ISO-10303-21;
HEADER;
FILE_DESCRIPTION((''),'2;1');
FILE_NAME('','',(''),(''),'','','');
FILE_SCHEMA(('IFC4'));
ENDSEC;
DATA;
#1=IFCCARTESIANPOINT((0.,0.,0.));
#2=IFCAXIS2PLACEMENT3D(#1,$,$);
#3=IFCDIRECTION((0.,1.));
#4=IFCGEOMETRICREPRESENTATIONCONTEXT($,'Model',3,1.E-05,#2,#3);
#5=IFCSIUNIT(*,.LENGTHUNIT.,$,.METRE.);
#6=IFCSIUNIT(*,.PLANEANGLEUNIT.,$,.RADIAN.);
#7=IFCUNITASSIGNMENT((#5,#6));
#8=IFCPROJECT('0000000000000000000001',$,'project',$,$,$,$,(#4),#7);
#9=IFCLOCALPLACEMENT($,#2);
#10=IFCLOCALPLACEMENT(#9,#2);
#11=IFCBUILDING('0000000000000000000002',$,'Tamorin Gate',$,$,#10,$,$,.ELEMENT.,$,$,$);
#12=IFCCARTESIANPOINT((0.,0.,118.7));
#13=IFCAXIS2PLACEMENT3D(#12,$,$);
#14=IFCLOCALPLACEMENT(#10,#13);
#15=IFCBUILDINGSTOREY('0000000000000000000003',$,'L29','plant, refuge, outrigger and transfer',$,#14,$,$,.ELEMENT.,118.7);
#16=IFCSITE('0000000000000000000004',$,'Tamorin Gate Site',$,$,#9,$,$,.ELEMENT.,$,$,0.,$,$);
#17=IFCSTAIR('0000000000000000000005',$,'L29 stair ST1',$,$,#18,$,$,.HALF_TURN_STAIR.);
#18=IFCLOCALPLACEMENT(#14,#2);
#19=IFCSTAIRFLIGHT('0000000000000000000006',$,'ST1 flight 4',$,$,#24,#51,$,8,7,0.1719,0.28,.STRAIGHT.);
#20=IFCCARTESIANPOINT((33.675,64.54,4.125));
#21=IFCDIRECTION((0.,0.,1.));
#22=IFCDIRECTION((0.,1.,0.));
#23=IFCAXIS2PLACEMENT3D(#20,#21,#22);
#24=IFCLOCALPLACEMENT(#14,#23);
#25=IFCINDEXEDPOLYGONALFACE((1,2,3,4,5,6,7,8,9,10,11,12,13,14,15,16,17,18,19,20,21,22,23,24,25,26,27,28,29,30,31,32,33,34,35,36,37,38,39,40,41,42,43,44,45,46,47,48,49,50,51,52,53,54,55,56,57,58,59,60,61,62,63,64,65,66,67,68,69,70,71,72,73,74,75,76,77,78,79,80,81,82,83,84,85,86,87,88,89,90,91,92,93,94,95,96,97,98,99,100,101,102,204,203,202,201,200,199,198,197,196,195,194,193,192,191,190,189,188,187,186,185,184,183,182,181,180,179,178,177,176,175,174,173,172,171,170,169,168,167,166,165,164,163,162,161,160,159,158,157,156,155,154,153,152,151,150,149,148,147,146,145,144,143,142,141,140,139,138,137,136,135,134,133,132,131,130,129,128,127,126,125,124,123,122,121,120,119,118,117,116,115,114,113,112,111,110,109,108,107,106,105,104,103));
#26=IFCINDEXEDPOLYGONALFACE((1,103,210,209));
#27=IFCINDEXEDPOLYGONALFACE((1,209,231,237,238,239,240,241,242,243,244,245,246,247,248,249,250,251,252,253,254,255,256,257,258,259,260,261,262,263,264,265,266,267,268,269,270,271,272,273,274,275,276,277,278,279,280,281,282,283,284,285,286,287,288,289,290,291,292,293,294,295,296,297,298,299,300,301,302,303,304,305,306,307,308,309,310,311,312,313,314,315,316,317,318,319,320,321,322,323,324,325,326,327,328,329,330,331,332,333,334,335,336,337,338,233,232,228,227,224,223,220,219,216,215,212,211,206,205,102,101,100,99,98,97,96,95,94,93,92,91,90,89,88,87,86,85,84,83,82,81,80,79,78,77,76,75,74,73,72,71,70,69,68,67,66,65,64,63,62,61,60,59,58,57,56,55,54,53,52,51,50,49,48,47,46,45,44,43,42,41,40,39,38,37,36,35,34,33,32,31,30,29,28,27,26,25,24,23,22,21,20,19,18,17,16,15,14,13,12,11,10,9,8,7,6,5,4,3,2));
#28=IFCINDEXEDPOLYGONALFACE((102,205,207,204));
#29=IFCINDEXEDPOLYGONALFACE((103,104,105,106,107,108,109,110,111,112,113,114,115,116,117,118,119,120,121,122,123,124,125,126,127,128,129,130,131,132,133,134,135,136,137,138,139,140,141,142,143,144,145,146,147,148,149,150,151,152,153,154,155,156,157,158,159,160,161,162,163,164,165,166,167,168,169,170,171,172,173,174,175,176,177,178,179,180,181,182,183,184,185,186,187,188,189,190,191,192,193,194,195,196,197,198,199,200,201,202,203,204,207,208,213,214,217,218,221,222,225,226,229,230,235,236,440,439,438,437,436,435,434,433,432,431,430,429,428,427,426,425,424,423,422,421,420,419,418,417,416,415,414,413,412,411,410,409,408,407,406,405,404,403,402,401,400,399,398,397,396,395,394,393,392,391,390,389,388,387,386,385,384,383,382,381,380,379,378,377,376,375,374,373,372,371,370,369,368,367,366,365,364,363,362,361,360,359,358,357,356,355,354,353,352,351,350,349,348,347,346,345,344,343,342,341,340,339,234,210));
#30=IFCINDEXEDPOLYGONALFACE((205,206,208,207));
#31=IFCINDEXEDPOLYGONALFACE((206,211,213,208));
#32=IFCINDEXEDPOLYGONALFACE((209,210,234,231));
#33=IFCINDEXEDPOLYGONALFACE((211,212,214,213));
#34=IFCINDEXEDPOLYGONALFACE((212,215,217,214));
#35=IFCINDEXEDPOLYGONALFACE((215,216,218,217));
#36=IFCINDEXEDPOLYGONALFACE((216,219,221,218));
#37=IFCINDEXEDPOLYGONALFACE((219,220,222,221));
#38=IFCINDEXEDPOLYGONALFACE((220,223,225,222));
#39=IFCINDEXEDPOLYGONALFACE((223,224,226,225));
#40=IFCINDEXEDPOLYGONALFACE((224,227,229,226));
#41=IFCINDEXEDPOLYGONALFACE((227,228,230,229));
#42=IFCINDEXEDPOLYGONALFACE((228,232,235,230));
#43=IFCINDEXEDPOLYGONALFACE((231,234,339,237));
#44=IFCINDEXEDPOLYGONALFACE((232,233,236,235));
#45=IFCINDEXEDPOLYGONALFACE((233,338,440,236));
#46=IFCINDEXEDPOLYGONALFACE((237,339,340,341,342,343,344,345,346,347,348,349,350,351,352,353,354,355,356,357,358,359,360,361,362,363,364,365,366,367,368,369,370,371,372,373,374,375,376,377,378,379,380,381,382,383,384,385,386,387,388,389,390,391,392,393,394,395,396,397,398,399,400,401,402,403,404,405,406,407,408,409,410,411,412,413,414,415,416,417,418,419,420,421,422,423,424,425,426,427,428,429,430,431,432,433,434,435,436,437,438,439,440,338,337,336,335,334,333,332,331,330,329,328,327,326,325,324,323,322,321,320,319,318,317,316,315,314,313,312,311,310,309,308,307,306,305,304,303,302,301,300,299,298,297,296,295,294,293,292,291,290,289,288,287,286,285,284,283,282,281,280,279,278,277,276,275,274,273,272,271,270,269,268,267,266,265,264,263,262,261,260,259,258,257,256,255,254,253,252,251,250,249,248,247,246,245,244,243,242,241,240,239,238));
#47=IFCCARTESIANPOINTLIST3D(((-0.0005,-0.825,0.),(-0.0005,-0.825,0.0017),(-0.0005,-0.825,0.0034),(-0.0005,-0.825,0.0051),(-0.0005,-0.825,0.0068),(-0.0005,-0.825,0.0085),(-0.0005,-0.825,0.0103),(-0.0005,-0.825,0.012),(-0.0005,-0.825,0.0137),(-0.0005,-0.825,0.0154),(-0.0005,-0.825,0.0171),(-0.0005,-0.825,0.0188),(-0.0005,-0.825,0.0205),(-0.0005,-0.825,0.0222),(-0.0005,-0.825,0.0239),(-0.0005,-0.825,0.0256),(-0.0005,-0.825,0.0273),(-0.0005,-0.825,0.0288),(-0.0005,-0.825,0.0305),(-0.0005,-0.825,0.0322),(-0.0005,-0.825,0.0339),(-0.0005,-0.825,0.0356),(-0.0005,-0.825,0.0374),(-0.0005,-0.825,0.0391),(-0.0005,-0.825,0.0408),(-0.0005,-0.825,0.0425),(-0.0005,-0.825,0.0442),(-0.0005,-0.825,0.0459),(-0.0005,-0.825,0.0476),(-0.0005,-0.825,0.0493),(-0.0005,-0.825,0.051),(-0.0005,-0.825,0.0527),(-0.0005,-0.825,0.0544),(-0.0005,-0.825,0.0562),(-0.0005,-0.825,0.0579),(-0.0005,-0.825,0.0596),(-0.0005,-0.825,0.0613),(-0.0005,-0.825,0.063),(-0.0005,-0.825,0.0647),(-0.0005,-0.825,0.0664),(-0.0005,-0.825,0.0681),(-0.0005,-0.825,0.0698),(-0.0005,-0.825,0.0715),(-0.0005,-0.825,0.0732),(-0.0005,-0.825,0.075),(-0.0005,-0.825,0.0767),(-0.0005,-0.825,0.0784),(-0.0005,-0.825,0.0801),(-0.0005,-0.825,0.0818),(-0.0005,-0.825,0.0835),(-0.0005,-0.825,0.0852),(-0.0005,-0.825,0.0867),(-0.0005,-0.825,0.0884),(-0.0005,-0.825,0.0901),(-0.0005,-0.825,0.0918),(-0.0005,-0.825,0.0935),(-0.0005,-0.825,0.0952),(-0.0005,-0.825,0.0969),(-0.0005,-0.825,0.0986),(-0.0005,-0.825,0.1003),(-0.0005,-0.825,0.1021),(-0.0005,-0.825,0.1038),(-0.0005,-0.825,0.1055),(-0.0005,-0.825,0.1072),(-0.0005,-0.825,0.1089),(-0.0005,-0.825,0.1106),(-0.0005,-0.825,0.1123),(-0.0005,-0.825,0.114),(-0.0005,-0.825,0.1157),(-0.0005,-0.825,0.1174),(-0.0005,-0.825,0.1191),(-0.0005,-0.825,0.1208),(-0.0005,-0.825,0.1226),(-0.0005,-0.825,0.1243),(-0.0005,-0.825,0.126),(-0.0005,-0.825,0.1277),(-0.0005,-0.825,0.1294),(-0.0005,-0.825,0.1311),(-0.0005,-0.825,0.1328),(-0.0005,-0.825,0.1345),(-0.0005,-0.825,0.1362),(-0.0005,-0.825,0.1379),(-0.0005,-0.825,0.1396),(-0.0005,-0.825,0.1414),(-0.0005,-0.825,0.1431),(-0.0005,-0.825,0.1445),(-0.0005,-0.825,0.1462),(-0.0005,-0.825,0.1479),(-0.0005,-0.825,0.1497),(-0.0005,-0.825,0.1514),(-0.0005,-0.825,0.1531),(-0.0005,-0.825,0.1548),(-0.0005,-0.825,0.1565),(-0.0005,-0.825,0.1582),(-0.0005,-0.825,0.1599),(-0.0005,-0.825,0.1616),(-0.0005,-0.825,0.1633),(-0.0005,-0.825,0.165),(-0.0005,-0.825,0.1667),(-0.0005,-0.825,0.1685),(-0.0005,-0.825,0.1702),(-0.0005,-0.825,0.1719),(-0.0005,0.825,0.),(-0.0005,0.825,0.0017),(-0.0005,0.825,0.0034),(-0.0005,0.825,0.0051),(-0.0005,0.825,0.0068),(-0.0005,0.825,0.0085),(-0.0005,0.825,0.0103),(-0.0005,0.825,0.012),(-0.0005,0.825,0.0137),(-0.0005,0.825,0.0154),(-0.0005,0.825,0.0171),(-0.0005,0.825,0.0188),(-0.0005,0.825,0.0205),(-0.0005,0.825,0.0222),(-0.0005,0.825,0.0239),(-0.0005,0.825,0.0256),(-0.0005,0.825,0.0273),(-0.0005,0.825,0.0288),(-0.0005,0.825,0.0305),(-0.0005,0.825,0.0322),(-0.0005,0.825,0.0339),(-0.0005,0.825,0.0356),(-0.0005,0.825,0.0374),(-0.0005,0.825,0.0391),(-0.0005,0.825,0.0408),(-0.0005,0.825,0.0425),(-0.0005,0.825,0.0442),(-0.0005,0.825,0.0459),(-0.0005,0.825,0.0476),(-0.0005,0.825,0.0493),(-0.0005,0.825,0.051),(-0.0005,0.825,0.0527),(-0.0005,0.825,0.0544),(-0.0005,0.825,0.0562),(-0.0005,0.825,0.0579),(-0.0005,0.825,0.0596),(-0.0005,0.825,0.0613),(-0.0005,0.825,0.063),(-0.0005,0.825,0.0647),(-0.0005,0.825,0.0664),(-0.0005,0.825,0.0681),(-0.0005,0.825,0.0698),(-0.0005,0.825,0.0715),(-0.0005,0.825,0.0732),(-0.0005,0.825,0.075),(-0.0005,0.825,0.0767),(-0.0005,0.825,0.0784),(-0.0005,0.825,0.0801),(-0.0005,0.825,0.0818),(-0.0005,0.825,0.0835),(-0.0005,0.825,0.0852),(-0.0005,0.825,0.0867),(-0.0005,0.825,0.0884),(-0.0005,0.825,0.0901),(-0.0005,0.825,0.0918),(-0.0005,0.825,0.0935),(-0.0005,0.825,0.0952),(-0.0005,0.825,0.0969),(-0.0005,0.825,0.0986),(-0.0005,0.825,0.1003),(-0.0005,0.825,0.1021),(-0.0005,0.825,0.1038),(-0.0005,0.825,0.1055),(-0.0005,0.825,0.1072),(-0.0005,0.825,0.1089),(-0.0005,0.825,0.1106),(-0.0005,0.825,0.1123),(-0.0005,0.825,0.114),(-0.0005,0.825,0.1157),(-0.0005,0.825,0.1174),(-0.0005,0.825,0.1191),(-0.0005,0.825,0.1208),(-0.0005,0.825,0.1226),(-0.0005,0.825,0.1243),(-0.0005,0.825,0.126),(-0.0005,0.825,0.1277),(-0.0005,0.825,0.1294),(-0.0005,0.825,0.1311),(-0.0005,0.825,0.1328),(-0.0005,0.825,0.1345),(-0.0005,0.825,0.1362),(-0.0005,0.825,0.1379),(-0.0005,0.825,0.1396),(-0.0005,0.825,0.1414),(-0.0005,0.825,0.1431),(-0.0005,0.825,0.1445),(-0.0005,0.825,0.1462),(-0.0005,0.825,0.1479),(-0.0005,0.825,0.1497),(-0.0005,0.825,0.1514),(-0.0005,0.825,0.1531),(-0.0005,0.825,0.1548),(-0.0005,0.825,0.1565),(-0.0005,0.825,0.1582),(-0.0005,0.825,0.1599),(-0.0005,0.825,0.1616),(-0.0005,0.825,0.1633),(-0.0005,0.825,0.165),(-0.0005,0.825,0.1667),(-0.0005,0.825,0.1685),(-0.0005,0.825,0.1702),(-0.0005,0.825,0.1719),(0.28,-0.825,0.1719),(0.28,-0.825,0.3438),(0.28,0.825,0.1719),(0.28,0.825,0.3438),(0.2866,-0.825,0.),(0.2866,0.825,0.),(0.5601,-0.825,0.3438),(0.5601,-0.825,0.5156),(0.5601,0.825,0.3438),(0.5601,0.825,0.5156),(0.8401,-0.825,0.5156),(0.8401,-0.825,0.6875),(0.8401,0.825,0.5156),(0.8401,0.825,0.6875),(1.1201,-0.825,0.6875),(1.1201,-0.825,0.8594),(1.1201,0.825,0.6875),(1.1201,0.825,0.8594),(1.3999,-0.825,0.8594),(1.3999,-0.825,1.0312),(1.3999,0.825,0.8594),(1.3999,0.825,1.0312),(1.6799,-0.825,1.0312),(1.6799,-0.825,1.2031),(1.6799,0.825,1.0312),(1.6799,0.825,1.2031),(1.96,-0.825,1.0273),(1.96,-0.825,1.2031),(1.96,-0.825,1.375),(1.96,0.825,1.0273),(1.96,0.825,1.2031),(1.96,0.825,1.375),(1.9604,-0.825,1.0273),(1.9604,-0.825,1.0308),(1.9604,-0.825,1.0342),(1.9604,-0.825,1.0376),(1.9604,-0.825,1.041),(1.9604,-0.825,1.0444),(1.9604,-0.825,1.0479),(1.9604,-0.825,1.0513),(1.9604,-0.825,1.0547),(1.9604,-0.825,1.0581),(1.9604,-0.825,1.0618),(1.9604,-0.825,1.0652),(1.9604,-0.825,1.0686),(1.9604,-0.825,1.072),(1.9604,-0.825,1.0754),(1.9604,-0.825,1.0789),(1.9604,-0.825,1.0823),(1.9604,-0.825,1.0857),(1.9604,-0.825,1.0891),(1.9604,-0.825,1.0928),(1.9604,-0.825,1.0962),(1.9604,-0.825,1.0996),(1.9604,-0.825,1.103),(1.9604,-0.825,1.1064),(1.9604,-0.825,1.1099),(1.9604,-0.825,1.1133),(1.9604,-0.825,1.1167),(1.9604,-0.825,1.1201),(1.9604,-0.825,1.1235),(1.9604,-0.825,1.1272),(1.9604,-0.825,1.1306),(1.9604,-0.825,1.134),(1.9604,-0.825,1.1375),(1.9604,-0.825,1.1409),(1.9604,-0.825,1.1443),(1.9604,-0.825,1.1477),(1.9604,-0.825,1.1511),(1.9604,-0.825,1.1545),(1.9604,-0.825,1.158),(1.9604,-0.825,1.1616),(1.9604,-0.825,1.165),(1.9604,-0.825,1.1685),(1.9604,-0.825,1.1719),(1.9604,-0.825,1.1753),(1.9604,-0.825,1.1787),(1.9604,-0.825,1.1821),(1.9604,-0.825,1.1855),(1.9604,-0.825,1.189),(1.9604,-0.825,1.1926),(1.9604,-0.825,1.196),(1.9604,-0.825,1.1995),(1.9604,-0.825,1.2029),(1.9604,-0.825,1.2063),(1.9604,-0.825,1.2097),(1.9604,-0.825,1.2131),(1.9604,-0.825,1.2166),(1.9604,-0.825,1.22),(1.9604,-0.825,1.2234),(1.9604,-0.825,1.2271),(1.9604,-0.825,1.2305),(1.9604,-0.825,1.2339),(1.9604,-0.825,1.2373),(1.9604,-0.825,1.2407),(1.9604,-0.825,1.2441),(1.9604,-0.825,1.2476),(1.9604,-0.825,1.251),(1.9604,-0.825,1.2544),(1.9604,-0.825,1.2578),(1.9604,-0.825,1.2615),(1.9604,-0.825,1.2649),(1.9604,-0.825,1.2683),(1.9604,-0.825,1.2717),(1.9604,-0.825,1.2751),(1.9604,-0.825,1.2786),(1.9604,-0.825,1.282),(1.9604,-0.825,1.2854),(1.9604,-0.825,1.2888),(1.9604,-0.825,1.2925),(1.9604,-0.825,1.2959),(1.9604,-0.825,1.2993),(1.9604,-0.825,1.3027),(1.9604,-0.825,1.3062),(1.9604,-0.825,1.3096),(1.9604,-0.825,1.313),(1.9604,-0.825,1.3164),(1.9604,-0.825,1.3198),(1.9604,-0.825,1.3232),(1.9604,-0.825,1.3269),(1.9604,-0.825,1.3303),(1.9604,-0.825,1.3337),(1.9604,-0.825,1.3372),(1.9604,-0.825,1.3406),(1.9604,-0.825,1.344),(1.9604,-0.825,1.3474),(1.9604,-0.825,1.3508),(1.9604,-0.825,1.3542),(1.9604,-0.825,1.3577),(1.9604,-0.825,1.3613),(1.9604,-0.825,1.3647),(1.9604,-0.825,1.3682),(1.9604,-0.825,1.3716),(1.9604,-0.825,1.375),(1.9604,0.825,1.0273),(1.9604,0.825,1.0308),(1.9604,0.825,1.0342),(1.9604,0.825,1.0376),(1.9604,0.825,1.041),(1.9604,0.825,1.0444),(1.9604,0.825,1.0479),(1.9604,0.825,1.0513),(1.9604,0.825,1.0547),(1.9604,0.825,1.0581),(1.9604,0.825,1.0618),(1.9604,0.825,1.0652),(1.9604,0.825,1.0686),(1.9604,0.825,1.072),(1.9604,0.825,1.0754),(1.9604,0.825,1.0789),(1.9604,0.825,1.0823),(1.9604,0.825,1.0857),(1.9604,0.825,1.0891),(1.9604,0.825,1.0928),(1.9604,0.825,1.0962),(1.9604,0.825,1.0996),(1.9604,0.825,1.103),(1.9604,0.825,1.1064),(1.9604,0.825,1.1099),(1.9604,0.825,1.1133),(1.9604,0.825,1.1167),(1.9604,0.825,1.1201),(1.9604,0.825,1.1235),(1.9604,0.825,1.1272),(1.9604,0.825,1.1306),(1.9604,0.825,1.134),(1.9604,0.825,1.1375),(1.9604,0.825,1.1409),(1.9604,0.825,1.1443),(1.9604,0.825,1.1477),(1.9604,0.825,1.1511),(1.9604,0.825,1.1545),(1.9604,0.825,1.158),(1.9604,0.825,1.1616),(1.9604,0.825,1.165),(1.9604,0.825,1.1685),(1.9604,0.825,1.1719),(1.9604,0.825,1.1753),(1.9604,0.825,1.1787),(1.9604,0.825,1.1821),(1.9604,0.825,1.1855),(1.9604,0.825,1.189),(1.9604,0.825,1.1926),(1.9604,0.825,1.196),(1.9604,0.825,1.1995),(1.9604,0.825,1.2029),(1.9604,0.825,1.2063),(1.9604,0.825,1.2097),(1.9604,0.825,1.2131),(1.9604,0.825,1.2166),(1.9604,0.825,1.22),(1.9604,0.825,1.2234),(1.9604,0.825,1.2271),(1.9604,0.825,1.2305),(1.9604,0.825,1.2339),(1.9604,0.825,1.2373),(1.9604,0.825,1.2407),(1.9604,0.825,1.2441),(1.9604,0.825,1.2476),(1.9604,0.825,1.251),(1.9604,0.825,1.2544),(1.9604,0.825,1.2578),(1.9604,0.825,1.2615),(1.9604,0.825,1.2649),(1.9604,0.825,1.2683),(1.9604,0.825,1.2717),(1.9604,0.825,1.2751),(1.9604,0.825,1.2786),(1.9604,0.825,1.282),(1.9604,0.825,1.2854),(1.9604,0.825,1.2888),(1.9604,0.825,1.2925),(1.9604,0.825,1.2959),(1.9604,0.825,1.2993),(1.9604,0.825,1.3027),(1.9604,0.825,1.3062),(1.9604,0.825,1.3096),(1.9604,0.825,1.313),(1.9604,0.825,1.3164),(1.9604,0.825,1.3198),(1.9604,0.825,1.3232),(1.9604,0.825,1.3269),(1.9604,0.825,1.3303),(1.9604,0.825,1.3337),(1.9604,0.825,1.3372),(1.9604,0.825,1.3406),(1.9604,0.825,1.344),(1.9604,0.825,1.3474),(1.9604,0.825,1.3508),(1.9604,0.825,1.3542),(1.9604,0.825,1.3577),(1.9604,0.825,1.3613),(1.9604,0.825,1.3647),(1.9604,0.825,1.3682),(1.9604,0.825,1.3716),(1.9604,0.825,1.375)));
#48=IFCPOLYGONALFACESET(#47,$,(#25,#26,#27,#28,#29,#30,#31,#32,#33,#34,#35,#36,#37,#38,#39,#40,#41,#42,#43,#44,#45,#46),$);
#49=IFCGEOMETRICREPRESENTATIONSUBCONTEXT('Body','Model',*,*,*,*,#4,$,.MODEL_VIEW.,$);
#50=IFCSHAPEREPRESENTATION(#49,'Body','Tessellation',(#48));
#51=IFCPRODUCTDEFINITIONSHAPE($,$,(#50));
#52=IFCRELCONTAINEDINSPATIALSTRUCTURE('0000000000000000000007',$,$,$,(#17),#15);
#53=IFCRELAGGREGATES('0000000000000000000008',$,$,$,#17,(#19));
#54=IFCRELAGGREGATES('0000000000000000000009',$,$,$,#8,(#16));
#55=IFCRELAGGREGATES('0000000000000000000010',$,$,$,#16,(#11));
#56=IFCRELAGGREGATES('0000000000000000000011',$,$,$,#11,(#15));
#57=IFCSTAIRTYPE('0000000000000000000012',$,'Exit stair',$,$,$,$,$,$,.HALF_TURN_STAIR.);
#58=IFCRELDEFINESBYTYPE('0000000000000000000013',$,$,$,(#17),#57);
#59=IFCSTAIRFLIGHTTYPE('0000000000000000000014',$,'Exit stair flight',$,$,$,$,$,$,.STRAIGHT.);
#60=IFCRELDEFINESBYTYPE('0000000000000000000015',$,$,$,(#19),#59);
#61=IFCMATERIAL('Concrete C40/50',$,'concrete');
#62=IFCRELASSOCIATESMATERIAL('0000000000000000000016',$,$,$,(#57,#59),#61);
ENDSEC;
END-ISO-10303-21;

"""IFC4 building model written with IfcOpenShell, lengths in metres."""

from ifc_helpers import new_model, si_unit, direction, frame, origin, place, context, subcontext, project, spatial, polyline, outline, extrude, material, type_object, element, aggregate, save


model = new_model("IFC4")

# Units and contexts
model_context = context("Model", 3, precision=1e-05, world=origin(), true_north=direction((0.0, 1.0)))
body_context = subcontext(model_context, "Body", "Model", "MODEL_VIEW")
ifc_project = project(units=[si_unit("LENGTHUNIT", "METRE"), si_unit("PLANEANGLEUNIT", "RADIAN")], contexts=[model_context])

# Site, building, storey
site_placement = place(None, origin())
site = spatial("IfcSite", under=ifc_project, at=site_placement, Name="Tamorin Gate Site", CompositionType="ELEMENT", RefElevation=0.0)
building_placement = place(site_placement, origin())
building = spatial("IfcBuilding", under=site, at=building_placement, Name="Tamorin Gate", CompositionType="ELEMENT")
storey_placement = place(building_placement, frame((0.0, 0.0, 118.7)))
storey = spatial("IfcBuildingStorey", under=building, at=storey_placement, Name="L29", Description="plant, refuge, outrigger and transfer", CompositionType="ELEMENT", Elevation=118.7)

# Shared definitions
ifc_material_1 = material(Name="Concrete C40/50", Category="concrete")

# Stair, stair flight
stair_type = type_object("IfcStairType", Name="Exit stair", PredefinedType="HALF_TURN_STAIR", material=ifc_material_1)
stair_placement = place(storey_placement, origin())
stair = element("IfcStair", 1, at=stair_placement, inside=storey, type_object=stair_type, Name="L29 stair ST1", PredefinedType="HALF_TURN_STAIR")
stair_flight_type = type_object("IfcStairFlightType", Name="Exit stair flight", PredefinedType="STRAIGHT", material=ifc_material_1)
stair_flight_1_placement = place(storey_placement, frame((33.675, 64.54, 4.125), z_axis=(0.0, 0.0, 1.0), x_axis=(0.0, 1.0, 0.0)))
stair_flight_1 = element("IfcStairFlight", 2, at=stair_flight_1_placement, type_object=stair_flight_type, Name="ST1 flight 4", NumberOfRisers=8, NumberOfTreads=7, PredefinedType="STRAIGHT", RiserHeight=0.1719, TreadLength=0.28, context=body_context, shape_type="SweptSolid", body=[
    extrude(outline(polyline([(-0.0005, 0.0), (-0.0005, 0.0017), (-0.0005, 0.0034), (-0.0005, 0.0051), (-0.0005, 0.0068), (-0.0005, 0.0085), (-0.0005, 0.0103), (-0.0005, 0.012), (-0.0005, 0.0137), (-0.0005, 0.0154), (-0.0005, 0.0171), (-0.0005, 0.0188), (-0.0005, 0.0205), (-0.0005, 0.0222), (-0.0005, 0.0239), (-0.0005, 0.0256), (-0.0005, 0.0273), (-0.0005, 0.0288), (-0.0005, 0.0305), (-0.0005, 0.0322), (-0.0005, 0.0339), (-0.0005, 0.0356), (-0.0005, 0.0374), (-0.0005, 0.0391), (-0.0005, 0.0408), (-0.0005, 0.0425), (-0.0005, 0.0442), (-0.0005, 0.0459), (-0.0005, 0.0476), (-0.0005, 0.0493), (-0.0005, 0.051), (-0.0005, 0.0527), (-0.0005, 0.0544), (-0.0005, 0.0562), (-0.0005, 0.0579), (-0.0005, 0.0596), (-0.0005, 0.0613), (-0.0005, 0.063), (-0.0005, 0.0647), (-0.0005, 0.0664), (-0.0005, 0.0681), (-0.0005, 0.0698), (-0.0005, 0.0715), (-0.0005, 0.0732), (-0.0005, 0.075), (-0.0005, 0.0767), (-0.0005, 0.0784), (-0.0005, 0.0801), (-0.0005, 0.0818), (-0.0005, 0.0835), (-0.0005, 0.0852), (-0.0005, 0.0867), (-0.0005, 0.0884), (-0.0005, 0.0901), (-0.0005, 0.0918), (-0.0005, 0.0935), (-0.0005, 0.0952), (-0.0005, 0.0969), (-0.0005, 0.0986), (-0.0005, 0.1003), (-0.0005, 0.1021), (-0.0005, 0.1038), (-0.0005, 0.1055), (-0.0005, 0.1072), (-0.0005, 0.1089), (-0.0005, 0.1106), (-0.0005, 0.1123), (-0.0005, 0.114), (-0.0005, 0.1157), (-0.0005, 0.1174), (-0.0005, 0.1191), (-0.0005, 0.1208), (-0.0005, 0.1226), (-0.0005, 0.1243), (-0.0005, 0.126), (-0.0005, 0.1277), (-0.0005, 0.1294), (-0.0005, 0.1311), (-0.0005, 0.1328), (-0.0005, 0.1345), (-0.0005, 0.1362), (-0.0005, 0.1379), (-0.0005, 0.1396), (-0.0005, 0.1414), (-0.0005, 0.1431), (-0.0005, 0.1445), (-0.0005, 0.1462), (-0.0005, 0.1479), (-0.0005, 0.1497), (-0.0005, 0.1514), (-0.0005, 0.1531), (-0.0005, 0.1548), (-0.0005, 0.1565), (-0.0005, 0.1582), (-0.0005, 0.1599), (-0.0005, 0.1616), (-0.0005, 0.1633), (-0.0005, 0.165), (-0.0005, 0.1667), (-0.0005, 0.1685), (-0.0005, 0.1702), (-0.0005, 0.1719), (0.28, 0.1719), (0.28, 0.3438), (0.5601, 0.3438), (0.5601, 0.5156), (0.8401, 0.5156), (0.8401, 0.6875), (1.1201, 0.6875), (1.1201, 0.8594), (1.3999, 0.8594), (1.3999, 1.0312), (1.6799, 1.0312), (1.6799, 1.2031), (1.96, 1.2031), (1.96, 1.375), (1.9604, 1.375), (1.9604, 1.3716), (1.9604, 1.3682), (1.9604, 1.3647), (1.9604, 1.3613), (1.9604, 1.3577), (1.9604, 1.3542), (1.9604, 1.3508), (1.9604, 1.3474), (1.9604, 1.344), (1.9604, 1.3406), (1.9604, 1.3372), (1.9604, 1.3337), (1.9604, 1.3303), (1.9604, 1.3269), (1.9604, 1.3232), (1.9604, 1.3198), (1.9604, 1.3164), (1.9604, 1.313), (1.9604, 1.3096), (1.9604, 1.3062), (1.9604, 1.3027), (1.9604, 1.2993), (1.9604, 1.2959), (1.9604, 1.2925), (1.9604, 1.2888), (1.9604, 1.2854), (1.9604, 1.282), (1.9604, 1.2786), (1.9604, 1.2751), (1.9604, 1.2717), (1.9604, 1.2683), (1.9604, 1.2649), (1.9604, 1.2615), (1.9604, 1.2578), (1.9604, 1.2544), (1.9604, 1.251), (1.9604, 1.2476), (1.9604, 1.2441), (1.9604, 1.2407), (1.9604, 1.2373), (1.9604, 1.2339), (1.9604, 1.2305), (1.9604, 1.2271), (1.9604, 1.2234), (1.9604, 1.22), (1.9604, 1.2166), (1.9604, 1.2131), (1.9604, 1.2097), (1.9604, 1.2063), (1.9604, 1.2029), (1.9604, 1.1995), (1.9604, 1.196), (1.9604, 1.1926), (1.9604, 1.189), (1.9604, 1.1855), (1.9604, 1.1821), (1.9604, 1.1787), (1.9604, 1.1753), (1.9604, 1.1719), (1.9604, 1.1685), (1.9604, 1.165), (1.9604, 1.1616), (1.9604, 1.158), (1.9604, 1.1545), (1.9604, 1.1511), (1.9604, 1.1477), (1.9604, 1.1443), (1.9604, 1.1409), (1.9604, 1.1375), (1.9604, 1.134), (1.9604, 1.1306), (1.9604, 1.1272), (1.9604, 1.1235), (1.9604, 1.1201), (1.9604, 1.1167), (1.9604, 1.1133), (1.9604, 1.1099), (1.9604, 1.1064), (1.9604, 1.103), (1.9604, 1.0996), (1.9604, 1.0962), (1.9604, 1.0928), (1.9604, 1.0891), (1.9604, 1.0857), (1.9604, 1.0823), (1.9604, 1.0789), (1.9604, 1.0754), (1.9604, 1.072), (1.9604, 1.0686), (1.9604, 1.0652), (1.9604, 1.0618), (1.9604, 1.0581), (1.9604, 1.0547), (1.9604, 1.0513), (1.9604, 1.0479), (1.9604, 1.0444), (1.9604, 1.041), (1.9604, 1.0376), (1.9604, 1.0342), (1.9604, 1.0308), (1.9604, 1.0273), (1.96, 1.0273), (0.2866, 0.0), (-0.0005, 0.0)])), frame((0.0, 0.825, 0.0), z_axis=(0.0, -1.0, 0.0), x_axis=(1.0, 0.0, 0.0)), (0.0, 0.0, 1.0), 1.6499),
])
aggregate(stair, [stair_flight_1])

save(model, "model.ifc")
